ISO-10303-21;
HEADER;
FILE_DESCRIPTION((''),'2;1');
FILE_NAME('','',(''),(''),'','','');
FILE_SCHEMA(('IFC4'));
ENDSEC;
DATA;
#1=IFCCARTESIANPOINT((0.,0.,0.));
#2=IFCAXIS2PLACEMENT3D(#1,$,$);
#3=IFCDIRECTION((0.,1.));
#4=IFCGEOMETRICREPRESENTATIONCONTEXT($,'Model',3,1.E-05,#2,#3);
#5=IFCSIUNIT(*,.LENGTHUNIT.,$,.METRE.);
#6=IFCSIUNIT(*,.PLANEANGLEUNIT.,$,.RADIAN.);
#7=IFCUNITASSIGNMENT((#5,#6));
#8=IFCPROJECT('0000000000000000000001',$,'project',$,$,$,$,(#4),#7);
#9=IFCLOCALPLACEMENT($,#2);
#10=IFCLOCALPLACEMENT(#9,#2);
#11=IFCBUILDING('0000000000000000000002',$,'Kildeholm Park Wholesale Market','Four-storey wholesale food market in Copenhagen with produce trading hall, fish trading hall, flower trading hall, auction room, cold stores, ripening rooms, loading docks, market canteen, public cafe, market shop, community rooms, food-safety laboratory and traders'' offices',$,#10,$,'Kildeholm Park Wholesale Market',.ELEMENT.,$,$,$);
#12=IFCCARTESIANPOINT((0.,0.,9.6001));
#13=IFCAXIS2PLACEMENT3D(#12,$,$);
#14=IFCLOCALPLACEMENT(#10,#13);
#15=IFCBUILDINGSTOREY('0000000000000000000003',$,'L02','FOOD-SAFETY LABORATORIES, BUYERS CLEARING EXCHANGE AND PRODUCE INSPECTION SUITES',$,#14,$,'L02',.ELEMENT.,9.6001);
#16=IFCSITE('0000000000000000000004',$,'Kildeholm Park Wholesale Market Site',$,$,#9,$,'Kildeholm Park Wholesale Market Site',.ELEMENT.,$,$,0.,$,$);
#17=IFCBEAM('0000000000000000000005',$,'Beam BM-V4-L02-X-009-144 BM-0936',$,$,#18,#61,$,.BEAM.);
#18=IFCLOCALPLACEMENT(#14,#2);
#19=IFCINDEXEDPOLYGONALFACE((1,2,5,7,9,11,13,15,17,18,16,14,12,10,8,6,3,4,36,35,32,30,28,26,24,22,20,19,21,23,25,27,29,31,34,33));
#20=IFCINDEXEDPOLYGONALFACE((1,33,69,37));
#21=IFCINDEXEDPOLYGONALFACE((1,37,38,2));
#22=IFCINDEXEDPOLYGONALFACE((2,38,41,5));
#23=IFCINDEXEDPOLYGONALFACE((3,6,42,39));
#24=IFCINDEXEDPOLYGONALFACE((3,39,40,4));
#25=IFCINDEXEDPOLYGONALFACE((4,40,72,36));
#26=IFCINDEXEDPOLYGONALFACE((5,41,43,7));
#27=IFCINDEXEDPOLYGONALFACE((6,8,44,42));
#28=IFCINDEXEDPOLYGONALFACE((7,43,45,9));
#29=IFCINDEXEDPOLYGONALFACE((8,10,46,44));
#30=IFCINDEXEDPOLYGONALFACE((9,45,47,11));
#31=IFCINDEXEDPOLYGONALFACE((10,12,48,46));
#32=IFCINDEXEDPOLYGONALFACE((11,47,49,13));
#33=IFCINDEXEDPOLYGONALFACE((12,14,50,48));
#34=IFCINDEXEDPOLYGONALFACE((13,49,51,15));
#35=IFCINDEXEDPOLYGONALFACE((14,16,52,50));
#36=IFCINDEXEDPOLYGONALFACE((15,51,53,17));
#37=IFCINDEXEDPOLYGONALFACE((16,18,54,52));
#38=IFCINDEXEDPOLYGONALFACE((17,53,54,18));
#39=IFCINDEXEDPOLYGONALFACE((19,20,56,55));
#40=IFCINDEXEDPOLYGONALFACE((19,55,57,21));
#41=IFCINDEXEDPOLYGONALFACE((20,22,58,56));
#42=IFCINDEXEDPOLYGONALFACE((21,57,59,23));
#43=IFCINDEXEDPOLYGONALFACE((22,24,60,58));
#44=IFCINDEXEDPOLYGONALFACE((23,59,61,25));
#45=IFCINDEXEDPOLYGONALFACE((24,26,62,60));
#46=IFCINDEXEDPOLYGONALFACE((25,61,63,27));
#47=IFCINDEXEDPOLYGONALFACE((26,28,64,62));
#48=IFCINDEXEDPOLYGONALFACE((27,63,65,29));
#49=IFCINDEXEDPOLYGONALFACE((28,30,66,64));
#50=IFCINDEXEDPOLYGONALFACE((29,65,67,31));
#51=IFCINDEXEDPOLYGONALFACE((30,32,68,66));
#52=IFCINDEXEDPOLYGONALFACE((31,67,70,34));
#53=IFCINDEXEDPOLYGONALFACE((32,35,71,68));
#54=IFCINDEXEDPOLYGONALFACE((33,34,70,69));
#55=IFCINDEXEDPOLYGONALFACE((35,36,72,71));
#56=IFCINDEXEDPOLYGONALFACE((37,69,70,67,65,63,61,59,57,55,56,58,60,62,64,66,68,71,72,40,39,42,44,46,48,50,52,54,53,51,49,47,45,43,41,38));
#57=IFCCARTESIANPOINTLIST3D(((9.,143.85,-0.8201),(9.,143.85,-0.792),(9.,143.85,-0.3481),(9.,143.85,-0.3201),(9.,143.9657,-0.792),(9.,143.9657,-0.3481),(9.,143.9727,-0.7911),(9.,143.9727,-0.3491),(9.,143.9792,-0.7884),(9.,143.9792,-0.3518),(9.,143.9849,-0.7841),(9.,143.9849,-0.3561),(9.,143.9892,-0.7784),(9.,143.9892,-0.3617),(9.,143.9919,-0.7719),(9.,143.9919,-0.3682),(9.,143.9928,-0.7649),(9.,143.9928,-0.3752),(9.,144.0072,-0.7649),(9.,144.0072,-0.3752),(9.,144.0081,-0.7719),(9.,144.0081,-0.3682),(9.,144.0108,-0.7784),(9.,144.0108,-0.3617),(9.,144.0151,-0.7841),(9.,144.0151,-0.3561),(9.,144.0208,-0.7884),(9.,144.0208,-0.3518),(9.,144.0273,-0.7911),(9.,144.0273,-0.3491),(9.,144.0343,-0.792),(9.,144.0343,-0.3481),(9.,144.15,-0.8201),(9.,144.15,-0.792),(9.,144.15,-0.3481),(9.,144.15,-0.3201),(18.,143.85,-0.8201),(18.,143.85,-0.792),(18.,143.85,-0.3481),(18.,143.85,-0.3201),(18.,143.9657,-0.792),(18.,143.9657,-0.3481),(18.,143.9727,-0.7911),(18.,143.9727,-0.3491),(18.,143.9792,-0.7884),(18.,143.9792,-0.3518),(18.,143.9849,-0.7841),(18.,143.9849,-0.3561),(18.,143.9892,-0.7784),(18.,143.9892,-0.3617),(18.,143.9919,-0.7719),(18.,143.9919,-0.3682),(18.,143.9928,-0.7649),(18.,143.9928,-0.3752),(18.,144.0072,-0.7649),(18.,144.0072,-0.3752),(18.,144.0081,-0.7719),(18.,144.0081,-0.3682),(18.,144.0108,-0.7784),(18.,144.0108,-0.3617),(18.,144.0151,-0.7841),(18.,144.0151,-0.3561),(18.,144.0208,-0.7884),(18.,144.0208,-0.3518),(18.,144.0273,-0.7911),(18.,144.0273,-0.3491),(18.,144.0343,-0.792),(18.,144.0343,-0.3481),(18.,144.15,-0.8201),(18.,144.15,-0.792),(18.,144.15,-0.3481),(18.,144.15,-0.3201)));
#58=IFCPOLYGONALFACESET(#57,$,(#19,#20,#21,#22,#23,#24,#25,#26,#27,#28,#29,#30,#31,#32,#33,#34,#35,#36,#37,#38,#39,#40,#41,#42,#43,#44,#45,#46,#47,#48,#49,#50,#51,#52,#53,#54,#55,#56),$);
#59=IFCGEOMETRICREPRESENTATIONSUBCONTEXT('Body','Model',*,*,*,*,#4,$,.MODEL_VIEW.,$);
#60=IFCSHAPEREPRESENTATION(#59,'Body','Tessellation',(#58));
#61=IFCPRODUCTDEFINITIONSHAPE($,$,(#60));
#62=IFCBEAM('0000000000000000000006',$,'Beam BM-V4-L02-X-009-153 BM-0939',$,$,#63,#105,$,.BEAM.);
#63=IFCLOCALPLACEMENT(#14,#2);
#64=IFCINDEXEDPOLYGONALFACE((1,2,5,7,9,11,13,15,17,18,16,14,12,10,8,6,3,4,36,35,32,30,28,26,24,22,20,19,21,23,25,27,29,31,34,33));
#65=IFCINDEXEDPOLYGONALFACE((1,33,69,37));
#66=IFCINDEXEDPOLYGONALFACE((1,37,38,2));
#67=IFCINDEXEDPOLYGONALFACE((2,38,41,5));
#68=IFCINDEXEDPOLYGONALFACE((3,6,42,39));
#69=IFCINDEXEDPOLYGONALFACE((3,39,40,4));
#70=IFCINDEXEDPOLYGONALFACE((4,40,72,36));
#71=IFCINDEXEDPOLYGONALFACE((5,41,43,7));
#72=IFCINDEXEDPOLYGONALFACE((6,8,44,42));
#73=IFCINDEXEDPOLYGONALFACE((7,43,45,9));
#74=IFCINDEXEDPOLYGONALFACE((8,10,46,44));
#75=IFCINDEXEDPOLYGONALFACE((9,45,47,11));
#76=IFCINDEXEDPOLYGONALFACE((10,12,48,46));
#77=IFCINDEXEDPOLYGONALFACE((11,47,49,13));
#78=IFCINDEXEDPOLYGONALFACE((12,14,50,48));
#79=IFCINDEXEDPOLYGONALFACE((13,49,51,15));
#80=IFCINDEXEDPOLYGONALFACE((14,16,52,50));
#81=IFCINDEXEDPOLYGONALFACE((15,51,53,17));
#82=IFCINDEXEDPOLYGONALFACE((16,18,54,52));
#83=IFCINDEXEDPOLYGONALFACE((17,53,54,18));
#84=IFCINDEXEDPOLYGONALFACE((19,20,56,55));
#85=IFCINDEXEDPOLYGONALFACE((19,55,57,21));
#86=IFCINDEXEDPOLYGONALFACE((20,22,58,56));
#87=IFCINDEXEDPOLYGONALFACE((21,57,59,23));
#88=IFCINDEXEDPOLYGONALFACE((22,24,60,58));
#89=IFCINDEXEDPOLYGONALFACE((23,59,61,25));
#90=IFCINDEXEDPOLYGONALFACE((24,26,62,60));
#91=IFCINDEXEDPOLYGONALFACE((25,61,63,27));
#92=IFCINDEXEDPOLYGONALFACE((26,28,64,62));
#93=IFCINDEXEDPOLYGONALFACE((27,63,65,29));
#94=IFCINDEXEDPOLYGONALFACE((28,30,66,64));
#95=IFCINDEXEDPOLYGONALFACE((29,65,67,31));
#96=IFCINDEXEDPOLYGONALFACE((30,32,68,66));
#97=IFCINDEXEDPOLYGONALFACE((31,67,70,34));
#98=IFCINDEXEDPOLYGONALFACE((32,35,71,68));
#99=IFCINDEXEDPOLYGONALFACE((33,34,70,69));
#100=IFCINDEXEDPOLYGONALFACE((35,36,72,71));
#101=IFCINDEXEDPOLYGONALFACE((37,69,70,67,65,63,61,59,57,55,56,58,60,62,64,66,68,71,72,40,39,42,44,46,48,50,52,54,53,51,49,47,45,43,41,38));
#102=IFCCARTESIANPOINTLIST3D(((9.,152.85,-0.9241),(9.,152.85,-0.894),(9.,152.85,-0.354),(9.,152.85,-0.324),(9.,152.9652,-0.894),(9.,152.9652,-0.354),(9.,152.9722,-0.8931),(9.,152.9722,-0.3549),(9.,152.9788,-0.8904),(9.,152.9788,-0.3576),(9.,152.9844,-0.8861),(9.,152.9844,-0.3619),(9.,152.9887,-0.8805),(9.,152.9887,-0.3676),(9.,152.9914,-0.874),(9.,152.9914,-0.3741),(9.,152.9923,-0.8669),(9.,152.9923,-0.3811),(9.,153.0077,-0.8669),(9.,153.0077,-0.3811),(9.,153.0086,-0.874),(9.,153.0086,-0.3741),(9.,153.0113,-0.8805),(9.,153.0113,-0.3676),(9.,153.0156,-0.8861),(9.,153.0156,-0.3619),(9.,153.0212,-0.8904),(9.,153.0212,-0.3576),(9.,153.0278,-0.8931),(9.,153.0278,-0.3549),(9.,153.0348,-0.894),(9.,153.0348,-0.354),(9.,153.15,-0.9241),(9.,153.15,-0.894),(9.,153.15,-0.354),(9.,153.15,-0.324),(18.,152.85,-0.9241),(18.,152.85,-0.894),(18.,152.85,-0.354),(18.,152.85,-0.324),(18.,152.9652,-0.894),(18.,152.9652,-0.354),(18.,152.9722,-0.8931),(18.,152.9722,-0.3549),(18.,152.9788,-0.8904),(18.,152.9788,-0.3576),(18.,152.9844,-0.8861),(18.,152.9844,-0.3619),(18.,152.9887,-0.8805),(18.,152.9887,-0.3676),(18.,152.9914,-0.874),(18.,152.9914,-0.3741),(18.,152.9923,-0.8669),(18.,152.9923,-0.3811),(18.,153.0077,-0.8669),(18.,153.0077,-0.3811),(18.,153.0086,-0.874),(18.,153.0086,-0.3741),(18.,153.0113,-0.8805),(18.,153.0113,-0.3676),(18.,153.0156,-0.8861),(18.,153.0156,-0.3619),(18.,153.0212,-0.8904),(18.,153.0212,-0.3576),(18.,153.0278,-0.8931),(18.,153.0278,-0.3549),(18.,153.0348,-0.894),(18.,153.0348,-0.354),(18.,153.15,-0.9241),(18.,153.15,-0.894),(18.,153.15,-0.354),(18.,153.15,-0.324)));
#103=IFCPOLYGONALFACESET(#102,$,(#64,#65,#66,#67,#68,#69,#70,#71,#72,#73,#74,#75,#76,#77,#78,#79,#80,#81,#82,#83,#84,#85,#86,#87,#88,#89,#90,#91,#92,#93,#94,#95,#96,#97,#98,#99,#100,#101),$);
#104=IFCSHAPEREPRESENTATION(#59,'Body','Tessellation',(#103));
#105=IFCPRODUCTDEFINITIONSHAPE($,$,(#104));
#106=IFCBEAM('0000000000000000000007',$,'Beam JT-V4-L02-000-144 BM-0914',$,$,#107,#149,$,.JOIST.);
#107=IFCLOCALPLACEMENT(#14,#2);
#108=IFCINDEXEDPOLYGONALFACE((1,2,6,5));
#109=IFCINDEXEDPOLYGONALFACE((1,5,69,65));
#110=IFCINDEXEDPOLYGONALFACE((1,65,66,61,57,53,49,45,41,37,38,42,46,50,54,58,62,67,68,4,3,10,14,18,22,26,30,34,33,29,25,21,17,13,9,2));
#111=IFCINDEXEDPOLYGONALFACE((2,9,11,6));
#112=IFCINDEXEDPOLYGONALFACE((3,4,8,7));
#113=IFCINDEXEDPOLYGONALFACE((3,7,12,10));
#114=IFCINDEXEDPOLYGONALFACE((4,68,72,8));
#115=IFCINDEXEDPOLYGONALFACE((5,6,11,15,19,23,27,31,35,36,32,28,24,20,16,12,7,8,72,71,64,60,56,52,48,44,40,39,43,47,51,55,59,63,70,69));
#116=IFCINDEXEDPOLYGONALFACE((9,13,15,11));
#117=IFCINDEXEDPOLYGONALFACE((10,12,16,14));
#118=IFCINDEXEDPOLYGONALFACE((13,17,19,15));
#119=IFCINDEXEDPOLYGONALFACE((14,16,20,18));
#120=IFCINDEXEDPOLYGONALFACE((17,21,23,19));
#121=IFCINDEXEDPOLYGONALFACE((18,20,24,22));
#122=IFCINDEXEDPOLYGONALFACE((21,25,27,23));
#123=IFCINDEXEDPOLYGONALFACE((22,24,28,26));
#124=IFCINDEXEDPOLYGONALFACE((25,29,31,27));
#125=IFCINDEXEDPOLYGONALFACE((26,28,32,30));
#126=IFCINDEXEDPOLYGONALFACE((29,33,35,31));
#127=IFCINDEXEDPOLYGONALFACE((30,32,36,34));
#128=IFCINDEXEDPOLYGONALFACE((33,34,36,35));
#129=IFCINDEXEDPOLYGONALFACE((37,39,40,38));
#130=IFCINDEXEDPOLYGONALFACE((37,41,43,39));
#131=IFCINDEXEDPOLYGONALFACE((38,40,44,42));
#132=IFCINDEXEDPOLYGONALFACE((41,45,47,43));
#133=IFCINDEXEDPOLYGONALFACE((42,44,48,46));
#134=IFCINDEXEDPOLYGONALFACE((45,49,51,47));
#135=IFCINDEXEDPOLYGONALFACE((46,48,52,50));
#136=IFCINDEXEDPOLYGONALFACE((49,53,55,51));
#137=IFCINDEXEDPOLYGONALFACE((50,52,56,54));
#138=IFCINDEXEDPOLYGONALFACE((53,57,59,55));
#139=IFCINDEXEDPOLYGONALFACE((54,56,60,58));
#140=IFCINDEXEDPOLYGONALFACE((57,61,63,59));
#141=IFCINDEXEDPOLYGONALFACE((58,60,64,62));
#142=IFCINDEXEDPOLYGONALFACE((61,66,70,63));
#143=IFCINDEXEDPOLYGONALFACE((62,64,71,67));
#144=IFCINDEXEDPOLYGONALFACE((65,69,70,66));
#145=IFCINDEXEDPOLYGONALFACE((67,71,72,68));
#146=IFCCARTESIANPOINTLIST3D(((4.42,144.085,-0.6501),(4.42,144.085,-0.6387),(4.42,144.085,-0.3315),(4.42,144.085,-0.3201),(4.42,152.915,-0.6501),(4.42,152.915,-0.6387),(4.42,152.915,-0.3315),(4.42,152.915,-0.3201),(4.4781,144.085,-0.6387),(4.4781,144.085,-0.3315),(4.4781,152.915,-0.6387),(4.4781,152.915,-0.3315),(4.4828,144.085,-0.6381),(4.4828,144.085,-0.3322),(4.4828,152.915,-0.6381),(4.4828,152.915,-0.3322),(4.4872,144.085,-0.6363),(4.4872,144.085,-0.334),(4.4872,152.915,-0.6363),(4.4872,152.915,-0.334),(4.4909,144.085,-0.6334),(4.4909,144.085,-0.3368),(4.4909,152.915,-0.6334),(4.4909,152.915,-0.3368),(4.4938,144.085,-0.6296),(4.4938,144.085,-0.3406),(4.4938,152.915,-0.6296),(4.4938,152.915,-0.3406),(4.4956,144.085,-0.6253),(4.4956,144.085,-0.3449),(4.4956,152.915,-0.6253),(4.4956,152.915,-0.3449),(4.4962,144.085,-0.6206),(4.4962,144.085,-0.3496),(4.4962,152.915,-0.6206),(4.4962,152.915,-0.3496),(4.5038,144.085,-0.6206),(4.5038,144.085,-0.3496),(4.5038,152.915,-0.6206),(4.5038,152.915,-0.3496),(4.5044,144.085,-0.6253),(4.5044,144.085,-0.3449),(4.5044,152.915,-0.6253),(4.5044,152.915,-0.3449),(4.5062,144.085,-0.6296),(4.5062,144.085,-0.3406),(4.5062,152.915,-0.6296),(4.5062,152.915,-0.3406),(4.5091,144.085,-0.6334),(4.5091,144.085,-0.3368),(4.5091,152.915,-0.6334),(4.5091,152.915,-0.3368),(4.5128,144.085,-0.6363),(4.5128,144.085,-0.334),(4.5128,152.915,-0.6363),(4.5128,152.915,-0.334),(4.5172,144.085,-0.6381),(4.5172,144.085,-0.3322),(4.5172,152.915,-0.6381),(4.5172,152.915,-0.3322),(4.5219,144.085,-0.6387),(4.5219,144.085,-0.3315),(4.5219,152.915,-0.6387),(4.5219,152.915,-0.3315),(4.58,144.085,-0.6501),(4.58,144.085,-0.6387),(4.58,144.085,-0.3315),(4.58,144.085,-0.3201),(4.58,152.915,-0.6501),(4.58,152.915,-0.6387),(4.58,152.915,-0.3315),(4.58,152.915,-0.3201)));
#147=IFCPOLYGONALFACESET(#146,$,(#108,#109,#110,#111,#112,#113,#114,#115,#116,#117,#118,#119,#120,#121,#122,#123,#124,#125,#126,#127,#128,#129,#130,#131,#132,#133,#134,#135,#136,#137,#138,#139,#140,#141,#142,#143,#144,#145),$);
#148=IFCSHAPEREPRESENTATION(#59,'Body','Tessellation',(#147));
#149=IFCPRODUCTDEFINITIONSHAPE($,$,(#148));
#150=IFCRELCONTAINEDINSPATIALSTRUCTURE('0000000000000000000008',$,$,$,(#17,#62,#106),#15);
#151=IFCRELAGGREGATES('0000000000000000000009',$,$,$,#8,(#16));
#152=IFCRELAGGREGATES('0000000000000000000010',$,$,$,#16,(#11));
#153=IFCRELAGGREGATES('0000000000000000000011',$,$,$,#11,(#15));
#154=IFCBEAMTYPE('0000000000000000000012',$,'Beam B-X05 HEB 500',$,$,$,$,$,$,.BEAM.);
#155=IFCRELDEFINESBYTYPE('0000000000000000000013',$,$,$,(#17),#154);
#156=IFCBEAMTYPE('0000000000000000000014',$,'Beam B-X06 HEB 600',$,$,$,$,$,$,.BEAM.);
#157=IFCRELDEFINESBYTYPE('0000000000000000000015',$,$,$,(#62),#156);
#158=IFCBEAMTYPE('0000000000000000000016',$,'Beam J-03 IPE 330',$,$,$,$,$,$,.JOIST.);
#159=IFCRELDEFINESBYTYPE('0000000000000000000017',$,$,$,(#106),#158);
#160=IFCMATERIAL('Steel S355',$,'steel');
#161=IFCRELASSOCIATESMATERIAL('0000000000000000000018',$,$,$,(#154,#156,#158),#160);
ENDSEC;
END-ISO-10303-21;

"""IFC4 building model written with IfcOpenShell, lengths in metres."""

from ifc_helpers import new_model, si_unit, direction, frame, origin, origin_2d, place, context, subcontext, project, spatial, i_section, extrude, material, material_profile, profile_set, type_object, element, save


model = new_model("IFC4")

# Units and contexts
model_context = context("Model", 3, precision=1e-05, world=origin(), true_north=direction((0.0, 1.0)))
body_context = subcontext(model_context, "Body", "Model", "MODEL_VIEW")
ifc_project = project(units=[si_unit("LENGTHUNIT", "METRE"), si_unit("PLANEANGLEUNIT", "RADIAN")], contexts=[model_context])

# Site, building, storey
site_placement = place(None, origin())
site = spatial("IfcSite", under=ifc_project, at=site_placement, Name="Kildeholm Park Wholesale Market Site", LongName="Kildeholm Park Wholesale Market Site", CompositionType="ELEMENT", RefElevation=0.0)
building_placement = place(site_placement, origin())
building = spatial("IfcBuilding", under=site, at=building_placement, Name="Kildeholm Park Wholesale Market", Description="Four-storey wholesale food market in Copenhagen with produce trading hall, fish trading hall, flower trading hall, auction room, cold stores, ripening rooms, loading docks, market canteen, public cafe, market shop, community rooms, food-safety laboratory and traders' offices", LongName="Kildeholm Park Wholesale Market", CompositionType="ELEMENT")
storey_placement = place(building_placement, frame((0.0, 0.0, 9.6001)))
storey = spatial("IfcBuildingStorey", under=building, at=storey_placement, Name="L02", Description="FOOD-SAFETY LABORATORIES, BUYERS CLEARING EXCHANGE AND PRODUCE INSPECTION SUITES", LongName="L02", CompositionType="ELEMENT", Elevation=9.6001)

# Beams
ifc_material_1 = material(Name="Steel S355", Category="steel")
ifc_material_profile_1 = material_profile(ifc_material_1, i_section(OverallWidth=0.3, OverallDepth=0.5, WebThickness=0.0144, FlangeThickness=0.0281, FilletRadius=0.0271, at=origin_2d()), Name="HEB 500")
ifc_profile_set_1 = profile_set([ifc_material_profile_1], Name="Steel S355")
beam_type_1 = type_object("IfcBeamType", Name="Beam B-X05 HEB 500", PredefinedType="BEAM", material=ifc_profile_set_1)
for number, where, z_axis, x_axis, name in (
    (1, (9.0, 144.0, -0.5701), (1.0, 0.0, 0.0), (0.0, 1.0, 0.0), "Beam BM-V4-L02-X-009-144 BM-0936"),
):
    element("IfcBeam", number, at=place(storey_placement, frame(where, z_axis=z_axis, x_axis=x_axis)), inside=storey, type_object=beam_type_1, Name=name, PredefinedType="BEAM", context=body_context, shape_type="SweptSolid", body=[
        extrude(i_section(OverallWidth=0.3, OverallDepth=0.5, WebThickness=0.0144, FlangeThickness=0.0281, FilletRadius=0.0271, at=origin_2d()), origin(), (0.0, 0.0, 1.0), 9.0),
    ])
ifc_material_profile_2 = material_profile(ifc_material_1, i_section(OverallWidth=0.3, OverallDepth=0.6001, WebThickness=0.0154, FlangeThickness=0.03, FilletRadius=0.0271, at=origin_2d()), Name="HEB 600")
ifc_profile_set_2 = profile_set([ifc_material_profile_2], Name="Steel S355")
beam_type_2 = type_object("IfcBeamType", Name="Beam B-X06 HEB 600", PredefinedType="BEAM", material=ifc_profile_set_2)
beam_1_placement = place(storey_placement, frame((9.0, 153.0, -0.624), z_axis=(1.0, 0.0, 0.0), x_axis=(0.0, 1.0, 0.0)))
element("IfcBeam", 2, at=beam_1_placement, inside=storey, type_object=beam_type_2, Name="Beam BM-V4-L02-X-009-153 BM-0939", PredefinedType="BEAM", context=body_context, shape_type="SweptSolid", body=[
    extrude(i_section(OverallWidth=0.3, OverallDepth=0.6001, WebThickness=0.0154, FlangeThickness=0.03, FilletRadius=0.0271, at=origin_2d()), origin(), (0.0, 0.0, 1.0), 9.0),
])
ifc_material_profile_3 = material_profile(ifc_material_1, i_section(OverallWidth=0.1599, OverallDepth=0.3301, WebThickness=0.0076, FlangeThickness=0.0115, FilletRadius=0.0181, at=origin_2d()), Name="IPE 330")
ifc_profile_set_3 = profile_set([ifc_material_profile_3], Name="Steel S355")
beam_type_3 = type_object("IfcBeamType", Name="Beam J-03 IPE 330", PredefinedType="JOIST", material=ifc_profile_set_3)
beam_2_placement = place(storey_placement, frame((4.5, 144.085, -0.4851), z_axis=(0.0, 1.0, 0.0), x_axis=(-1.0, 0.0, 0.0)))
element("IfcBeam", 3, at=beam_2_placement, inside=storey, type_object=beam_type_3, Name="Beam JT-V4-L02-000-144 BM-0914", PredefinedType="JOIST", context=body_context, shape_type="SweptSolid", body=[
    extrude(i_section(OverallWidth=0.1599, OverallDepth=0.3301, WebThickness=0.0076, FlangeThickness=0.0115, FilletRadius=0.0181, at=origin_2d()), origin(), (0.0, 0.0, 1.0), 8.8301),
])

save(model, "model.ifc")
